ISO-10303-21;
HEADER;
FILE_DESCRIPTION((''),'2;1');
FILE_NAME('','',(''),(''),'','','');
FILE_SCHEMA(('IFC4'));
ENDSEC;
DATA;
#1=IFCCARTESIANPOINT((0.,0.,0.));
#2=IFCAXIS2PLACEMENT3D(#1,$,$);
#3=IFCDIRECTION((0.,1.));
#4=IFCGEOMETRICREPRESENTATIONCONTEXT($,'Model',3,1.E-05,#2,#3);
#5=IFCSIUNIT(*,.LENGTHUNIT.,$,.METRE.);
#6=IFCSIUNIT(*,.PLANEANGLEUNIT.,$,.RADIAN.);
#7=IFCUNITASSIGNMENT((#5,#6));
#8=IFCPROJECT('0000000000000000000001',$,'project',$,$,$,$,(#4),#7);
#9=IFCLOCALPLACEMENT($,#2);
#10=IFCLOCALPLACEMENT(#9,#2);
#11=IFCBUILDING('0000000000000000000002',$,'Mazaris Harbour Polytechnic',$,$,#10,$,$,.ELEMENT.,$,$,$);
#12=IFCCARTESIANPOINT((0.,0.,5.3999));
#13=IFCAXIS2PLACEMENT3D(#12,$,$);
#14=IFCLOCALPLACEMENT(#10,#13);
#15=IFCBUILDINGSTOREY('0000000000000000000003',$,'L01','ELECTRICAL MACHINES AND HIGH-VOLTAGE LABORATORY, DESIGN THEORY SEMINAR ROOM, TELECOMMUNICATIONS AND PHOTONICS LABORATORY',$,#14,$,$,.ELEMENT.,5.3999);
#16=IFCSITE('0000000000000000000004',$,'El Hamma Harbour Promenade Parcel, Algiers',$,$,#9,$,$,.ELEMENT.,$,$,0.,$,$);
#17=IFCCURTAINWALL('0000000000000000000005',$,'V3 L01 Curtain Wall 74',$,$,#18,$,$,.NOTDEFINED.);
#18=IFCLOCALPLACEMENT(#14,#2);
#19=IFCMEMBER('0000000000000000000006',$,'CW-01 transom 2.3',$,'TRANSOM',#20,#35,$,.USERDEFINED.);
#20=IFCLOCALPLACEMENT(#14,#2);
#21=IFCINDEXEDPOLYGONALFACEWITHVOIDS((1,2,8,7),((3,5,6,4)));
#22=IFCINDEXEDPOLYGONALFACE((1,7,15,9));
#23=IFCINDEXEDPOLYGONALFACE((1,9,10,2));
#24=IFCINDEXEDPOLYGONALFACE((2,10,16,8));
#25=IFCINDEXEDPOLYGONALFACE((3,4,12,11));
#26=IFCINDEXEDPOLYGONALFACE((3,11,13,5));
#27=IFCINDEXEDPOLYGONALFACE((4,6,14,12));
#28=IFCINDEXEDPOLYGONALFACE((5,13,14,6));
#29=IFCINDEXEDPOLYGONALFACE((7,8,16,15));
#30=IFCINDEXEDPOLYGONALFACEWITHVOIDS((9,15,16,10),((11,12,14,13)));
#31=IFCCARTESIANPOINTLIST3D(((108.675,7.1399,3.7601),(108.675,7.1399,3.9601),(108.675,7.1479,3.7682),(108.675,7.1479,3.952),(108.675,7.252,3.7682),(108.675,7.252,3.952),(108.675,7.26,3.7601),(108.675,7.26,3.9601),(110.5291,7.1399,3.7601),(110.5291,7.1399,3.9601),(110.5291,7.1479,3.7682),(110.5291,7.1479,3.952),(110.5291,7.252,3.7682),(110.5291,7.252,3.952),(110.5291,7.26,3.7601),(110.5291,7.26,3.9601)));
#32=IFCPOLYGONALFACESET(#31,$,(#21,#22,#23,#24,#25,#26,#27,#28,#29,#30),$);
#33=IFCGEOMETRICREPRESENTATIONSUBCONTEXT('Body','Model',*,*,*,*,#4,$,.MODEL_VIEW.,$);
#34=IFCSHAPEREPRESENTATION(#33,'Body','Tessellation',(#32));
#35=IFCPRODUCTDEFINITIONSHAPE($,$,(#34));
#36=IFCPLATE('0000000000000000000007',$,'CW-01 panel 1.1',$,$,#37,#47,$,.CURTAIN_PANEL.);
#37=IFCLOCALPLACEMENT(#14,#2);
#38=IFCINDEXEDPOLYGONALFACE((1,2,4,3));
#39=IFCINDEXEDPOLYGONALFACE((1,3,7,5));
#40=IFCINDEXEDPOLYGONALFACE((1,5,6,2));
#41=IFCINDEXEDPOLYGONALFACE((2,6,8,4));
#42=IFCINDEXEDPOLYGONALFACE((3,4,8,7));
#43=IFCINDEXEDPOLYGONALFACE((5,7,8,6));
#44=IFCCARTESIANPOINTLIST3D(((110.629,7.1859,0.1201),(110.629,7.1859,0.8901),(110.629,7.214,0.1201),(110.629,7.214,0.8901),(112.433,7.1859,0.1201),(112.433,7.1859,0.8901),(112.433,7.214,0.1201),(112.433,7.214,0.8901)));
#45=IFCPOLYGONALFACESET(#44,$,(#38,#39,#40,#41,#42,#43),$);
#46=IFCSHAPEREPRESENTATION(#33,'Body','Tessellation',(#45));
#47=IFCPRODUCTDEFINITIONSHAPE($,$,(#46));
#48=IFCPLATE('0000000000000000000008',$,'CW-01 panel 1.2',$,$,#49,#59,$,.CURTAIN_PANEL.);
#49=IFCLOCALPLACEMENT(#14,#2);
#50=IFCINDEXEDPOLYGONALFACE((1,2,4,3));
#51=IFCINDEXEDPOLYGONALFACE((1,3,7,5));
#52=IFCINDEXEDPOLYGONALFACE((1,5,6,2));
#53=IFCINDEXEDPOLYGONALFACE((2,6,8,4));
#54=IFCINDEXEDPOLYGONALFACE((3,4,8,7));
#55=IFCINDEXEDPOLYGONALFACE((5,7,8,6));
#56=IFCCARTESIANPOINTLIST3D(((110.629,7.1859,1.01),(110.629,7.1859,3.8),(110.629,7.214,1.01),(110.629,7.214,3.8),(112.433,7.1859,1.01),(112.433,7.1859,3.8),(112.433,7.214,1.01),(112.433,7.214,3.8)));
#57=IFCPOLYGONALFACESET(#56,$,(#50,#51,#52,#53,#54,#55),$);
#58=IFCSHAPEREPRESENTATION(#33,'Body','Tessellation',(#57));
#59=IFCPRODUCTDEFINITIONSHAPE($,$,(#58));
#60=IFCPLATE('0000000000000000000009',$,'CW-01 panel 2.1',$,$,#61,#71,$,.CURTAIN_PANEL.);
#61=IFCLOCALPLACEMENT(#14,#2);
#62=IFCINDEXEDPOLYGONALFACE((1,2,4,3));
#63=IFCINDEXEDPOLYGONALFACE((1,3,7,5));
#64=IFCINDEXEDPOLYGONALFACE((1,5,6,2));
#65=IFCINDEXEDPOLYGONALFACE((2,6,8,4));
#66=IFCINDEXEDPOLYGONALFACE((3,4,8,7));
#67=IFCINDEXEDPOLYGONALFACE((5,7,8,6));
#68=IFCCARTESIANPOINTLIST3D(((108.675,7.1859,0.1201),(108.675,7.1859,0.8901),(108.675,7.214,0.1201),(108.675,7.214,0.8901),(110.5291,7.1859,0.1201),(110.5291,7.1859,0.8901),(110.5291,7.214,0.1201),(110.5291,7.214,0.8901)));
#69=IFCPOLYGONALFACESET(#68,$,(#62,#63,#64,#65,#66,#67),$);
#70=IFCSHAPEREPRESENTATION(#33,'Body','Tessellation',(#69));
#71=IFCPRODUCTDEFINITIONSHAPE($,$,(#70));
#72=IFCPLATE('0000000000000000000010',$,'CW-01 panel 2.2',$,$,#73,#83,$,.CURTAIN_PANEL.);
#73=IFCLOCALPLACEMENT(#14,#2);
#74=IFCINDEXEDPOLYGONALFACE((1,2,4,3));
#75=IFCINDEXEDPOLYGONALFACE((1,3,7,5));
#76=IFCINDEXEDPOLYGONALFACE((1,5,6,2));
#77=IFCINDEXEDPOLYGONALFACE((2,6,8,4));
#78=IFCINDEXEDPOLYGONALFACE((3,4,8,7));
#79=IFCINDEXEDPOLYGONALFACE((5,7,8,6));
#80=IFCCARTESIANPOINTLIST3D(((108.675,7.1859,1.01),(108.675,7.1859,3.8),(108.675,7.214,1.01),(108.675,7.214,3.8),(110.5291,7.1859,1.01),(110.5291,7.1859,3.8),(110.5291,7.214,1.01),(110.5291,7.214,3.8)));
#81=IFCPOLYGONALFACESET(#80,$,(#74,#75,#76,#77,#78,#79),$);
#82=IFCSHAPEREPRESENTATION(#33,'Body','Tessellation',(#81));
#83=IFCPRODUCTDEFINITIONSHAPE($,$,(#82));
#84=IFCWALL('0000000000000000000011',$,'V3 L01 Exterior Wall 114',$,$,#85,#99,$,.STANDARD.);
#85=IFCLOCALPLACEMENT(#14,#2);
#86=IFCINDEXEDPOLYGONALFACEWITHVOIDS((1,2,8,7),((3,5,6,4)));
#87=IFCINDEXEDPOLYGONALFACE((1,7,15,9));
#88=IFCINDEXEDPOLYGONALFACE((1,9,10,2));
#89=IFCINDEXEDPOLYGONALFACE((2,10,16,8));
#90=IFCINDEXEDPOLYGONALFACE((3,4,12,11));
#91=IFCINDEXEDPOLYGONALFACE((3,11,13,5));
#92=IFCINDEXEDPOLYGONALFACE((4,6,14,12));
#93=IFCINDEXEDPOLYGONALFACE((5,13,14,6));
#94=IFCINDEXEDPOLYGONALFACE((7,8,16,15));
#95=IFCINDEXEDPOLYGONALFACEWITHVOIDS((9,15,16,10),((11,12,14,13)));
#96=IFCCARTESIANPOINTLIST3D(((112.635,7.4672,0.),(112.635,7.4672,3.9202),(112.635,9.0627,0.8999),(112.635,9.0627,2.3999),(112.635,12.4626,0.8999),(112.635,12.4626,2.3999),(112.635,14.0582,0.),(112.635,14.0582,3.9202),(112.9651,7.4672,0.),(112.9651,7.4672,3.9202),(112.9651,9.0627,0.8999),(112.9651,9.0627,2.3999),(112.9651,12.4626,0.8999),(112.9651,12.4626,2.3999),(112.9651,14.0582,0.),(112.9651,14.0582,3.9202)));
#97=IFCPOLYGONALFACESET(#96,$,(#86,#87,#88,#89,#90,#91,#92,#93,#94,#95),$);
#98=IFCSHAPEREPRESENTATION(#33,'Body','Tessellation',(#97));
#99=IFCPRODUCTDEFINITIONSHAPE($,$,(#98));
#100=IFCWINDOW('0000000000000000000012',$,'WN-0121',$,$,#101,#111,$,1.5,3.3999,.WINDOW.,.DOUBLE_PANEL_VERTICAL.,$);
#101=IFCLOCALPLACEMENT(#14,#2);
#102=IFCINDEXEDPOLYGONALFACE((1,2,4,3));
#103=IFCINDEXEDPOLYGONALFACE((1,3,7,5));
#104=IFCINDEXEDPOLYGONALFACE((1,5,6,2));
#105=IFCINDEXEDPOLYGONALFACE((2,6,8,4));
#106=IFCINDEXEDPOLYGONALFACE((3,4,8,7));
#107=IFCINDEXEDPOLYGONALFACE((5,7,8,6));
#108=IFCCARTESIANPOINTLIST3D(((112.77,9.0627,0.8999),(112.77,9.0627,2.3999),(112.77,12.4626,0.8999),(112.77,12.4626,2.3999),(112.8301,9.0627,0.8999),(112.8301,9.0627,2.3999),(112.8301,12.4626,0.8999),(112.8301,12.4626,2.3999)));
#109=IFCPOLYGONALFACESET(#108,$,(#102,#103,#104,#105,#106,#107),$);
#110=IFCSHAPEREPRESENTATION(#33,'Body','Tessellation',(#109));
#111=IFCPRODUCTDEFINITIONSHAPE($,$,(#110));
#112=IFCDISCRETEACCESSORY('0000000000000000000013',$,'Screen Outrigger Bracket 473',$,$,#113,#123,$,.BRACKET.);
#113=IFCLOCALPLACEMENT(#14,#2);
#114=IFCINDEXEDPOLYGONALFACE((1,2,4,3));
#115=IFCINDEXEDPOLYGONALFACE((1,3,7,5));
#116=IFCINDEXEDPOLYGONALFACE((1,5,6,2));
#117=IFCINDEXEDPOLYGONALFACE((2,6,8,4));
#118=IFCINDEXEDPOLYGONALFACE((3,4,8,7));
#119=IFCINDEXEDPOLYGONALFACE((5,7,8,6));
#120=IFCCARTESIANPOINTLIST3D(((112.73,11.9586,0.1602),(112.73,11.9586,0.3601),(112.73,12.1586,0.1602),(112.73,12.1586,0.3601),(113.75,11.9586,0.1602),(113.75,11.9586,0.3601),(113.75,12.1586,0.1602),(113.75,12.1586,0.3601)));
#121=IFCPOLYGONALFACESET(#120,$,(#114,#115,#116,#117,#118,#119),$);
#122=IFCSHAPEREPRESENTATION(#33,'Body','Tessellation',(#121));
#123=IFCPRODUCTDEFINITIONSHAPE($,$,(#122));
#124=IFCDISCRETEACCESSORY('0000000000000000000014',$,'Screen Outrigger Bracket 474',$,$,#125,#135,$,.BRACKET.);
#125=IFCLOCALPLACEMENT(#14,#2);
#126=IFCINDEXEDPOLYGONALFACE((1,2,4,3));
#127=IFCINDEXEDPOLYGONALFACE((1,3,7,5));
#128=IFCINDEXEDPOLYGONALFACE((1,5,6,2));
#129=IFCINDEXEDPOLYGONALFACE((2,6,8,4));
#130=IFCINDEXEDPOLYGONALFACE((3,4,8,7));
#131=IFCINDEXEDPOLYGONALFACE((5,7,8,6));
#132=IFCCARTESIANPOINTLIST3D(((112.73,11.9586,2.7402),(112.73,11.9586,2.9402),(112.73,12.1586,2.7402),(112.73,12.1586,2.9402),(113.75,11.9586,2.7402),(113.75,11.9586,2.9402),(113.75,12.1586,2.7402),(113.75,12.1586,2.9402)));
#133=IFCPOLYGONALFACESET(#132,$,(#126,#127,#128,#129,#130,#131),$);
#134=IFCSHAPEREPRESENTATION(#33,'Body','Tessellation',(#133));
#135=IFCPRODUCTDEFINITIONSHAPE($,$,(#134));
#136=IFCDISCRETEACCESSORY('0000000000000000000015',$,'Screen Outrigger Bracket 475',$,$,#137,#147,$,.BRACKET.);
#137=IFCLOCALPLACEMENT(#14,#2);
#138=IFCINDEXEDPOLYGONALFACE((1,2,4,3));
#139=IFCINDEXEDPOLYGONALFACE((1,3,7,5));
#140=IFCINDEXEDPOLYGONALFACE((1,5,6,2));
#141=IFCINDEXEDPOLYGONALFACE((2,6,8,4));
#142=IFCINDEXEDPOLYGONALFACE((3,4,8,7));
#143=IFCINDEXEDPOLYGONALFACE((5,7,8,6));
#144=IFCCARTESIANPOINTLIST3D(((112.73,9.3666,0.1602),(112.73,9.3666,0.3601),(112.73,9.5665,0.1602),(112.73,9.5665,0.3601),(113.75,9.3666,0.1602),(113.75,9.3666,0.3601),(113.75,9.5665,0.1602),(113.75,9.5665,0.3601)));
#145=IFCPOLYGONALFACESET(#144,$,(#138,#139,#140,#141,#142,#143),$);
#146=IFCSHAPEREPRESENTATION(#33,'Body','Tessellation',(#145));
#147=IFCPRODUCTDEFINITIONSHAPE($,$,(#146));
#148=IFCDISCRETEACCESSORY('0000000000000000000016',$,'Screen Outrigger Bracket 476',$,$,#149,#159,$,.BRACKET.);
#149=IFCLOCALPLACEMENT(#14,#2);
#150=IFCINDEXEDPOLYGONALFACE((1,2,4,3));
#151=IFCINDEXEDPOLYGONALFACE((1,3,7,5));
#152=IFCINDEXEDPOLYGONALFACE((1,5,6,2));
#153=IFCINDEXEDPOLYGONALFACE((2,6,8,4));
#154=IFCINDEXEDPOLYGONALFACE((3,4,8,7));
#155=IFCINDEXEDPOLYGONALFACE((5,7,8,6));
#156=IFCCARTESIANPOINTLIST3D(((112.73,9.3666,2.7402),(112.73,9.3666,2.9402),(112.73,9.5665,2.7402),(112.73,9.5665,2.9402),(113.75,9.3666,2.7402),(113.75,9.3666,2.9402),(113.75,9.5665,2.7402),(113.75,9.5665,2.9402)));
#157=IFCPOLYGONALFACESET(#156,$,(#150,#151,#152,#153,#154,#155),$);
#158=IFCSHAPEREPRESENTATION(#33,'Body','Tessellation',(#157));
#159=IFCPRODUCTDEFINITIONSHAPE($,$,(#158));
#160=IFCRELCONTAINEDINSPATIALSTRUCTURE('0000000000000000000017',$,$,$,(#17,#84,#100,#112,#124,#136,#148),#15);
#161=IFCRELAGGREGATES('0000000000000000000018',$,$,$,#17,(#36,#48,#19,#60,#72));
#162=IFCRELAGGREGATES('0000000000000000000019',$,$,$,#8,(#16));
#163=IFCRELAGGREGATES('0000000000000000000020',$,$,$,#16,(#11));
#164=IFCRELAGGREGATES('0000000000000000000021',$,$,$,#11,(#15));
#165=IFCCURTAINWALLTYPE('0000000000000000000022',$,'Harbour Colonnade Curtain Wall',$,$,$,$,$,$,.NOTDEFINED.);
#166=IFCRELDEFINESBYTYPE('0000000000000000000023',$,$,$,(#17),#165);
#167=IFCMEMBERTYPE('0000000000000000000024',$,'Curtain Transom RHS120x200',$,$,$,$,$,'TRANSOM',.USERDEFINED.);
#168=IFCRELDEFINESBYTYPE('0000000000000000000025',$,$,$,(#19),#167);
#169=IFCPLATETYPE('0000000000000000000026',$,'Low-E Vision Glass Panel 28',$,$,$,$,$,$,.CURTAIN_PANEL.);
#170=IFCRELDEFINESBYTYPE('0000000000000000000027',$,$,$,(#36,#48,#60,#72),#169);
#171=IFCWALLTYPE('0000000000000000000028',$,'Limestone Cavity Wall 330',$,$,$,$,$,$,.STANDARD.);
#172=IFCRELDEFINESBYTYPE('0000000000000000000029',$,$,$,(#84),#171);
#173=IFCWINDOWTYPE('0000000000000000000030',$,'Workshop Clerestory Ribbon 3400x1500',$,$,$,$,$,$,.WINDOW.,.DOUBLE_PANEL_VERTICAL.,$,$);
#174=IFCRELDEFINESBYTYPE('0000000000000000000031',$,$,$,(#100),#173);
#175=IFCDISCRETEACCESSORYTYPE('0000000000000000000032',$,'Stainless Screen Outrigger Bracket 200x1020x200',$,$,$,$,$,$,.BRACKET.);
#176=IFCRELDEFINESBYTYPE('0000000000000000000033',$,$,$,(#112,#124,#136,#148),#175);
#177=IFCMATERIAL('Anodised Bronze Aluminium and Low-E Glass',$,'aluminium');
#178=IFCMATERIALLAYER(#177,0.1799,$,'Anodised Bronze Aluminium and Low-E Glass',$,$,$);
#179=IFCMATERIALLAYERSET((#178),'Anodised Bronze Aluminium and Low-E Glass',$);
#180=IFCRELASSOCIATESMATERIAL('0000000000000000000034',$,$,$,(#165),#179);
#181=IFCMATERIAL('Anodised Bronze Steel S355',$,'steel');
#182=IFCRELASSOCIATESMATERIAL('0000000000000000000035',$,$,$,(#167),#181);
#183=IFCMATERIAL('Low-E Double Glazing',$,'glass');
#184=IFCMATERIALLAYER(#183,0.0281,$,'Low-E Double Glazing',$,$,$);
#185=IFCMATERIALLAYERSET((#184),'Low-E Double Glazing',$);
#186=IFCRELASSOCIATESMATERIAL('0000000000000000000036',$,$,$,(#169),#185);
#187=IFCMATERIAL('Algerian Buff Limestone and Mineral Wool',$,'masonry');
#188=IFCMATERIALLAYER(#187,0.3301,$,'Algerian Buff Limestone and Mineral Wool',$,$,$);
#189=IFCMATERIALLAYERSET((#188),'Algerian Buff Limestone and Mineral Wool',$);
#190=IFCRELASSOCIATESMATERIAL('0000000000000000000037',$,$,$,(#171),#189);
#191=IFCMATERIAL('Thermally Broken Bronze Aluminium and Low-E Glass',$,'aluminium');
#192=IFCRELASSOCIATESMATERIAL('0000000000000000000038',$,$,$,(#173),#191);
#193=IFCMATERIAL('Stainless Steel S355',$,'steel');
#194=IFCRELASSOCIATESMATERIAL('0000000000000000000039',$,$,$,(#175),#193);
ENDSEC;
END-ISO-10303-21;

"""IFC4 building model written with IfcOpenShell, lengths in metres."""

from ifc_helpers import new_model, si_unit, direction, frame, frame_2d, origin, origin_2d, place, context, subcontext, project, spatial, rectangle, hollow_rectangle, extrude, material, layer, layer_set, material_profile, profile_set, type_object, element, fill, aggregate, save


model = new_model("IFC4")

# Units and contexts
model_context = context("Model", 3, precision=1e-05, world=origin(), true_north=direction((0.0, 1.0)))
body_context = subcontext(model_context, "Body", "Model", "MODEL_VIEW")
ifc_project = project(units=[si_unit("LENGTHUNIT", "METRE"), si_unit("PLANEANGLEUNIT", "RADIAN")], contexts=[model_context])

# Site, building, storey
site_placement = place(None, origin())
site = spatial("IfcSite", under=ifc_project, at=site_placement, Name="El Hamma Harbour Promenade Parcel, Algiers", CompositionType="ELEMENT", RefElevation=0.0)
building_placement = place(site_placement, origin())
building = spatial("IfcBuilding", under=site, at=building_placement, Name="Mazaris Harbour Polytechnic", CompositionType="ELEMENT")
storey_placement = place(building_placement, frame((0.0, 0.0, 5.3999)))
storey = spatial("IfcBuildingStorey", under=building, at=storey_placement, Name="L01", Description="ELECTRICAL MACHINES AND HIGH-VOLTAGE LABORATORY, DESIGN THEORY SEMINAR ROOM, TELECOMMUNICATIONS AND PHOTONICS LABORATORY", CompositionType="ELEMENT", Elevation=5.3999)

# Curtain wall, member, plates
ifc_material_1 = material(Name="Anodised Bronze Aluminium and Low-E Glass", Category="aluminium")
ifc_layer_1 = layer(ifc_material_1, 0.1799, Name="Anodised Bronze Aluminium and Low-E Glass")
ifc_layer_set_1 = layer_set([ifc_layer_1], Name="Anodised Bronze Aluminium and Low-E Glass")
curtain_wall_type = type_object("IfcCurtainWallType", Name="Harbour Colonnade Curtain Wall", PredefinedType="NOTDEFINED", material=ifc_layer_set_1)
curtain_wall_placement = place(storey_placement, origin())
curtain_wall = element("IfcCurtainWall", 1, at=curtain_wall_placement, inside=storey, type_object=curtain_wall_type, Name="V3 L01 Curtain Wall 74", PredefinedType="NOTDEFINED")
ifc_material_2 = material(Name="Anodised Bronze Steel S355", Category="steel")
ifc_material_profile_1 = material_profile(ifc_material_2, hollow_rectangle(XDim=0.1201, YDim=0.2, WallThickness=0.0081, at=origin_2d()), Name="RHS 120x200x8.0")
ifc_profile_set_1 = profile_set([ifc_material_profile_1], Name="Anodised Bronze Steel S355")
member_type_1 = type_object("IfcMemberType", Name="Curtain Transom RHS120x200", ElementType="TRANSOM", PredefinedType="USERDEFINED", material=ifc_profile_set_1)
member_1_placement = place(storey_placement, frame((110.5291, 7.2, 3.8601), z_axis=(-1.0, 0.0, 0.0), x_axis=(0.0, -1.0, 0.0)))
member_1 = element("IfcMember", 2, at=member_1_placement, type_object=member_type_1, Name="CW-01 transom 2.3", ObjectType="TRANSOM", PredefinedType="USERDEFINED", context=body_context, shape_type="SweptSolid", body=[
    extrude(hollow_rectangle(XDim=0.1201, YDim=0.2, WallThickness=0.0081, at=origin_2d()), origin(), (0.0, 0.0, 1.0), 1.854),
])
ifc_material_3 = material(Name="Low-E Double Glazing", Category="glass")
ifc_layer_2 = layer(ifc_material_3, 0.0281, Name="Low-E Double Glazing")
ifc_layer_set_2 = layer_set([ifc_layer_2], Name="Low-E Double Glazing")
plate_type = type_object("IfcPlateType", Name="Low-E Vision Glass Panel 28", PredefinedType="CURTAIN_PANEL", material=ifc_layer_set_2)
plate_1_placement = place(storey_placement, frame((111.531, 7.2, 0.1201), z_axis=(0.0, 0.0, 1.0), x_axis=(-1.0, 0.0, 0.0)))
plate_1 = element("IfcPlate", 3, at=plate_1_placement, type_object=plate_type, Name="CW-01 panel 1.1", PredefinedType="CURTAIN_PANEL", context=body_context, shape_type="SweptSolid", body=[
    extrude(rectangle(XDim=1.804, YDim=0.0281, at=origin_2d()), origin(), (0.0, 0.0, 1.0), 0.77),
])
plate_2_placement = place(storey_placement, frame((111.531, 7.2, 1.01), z_axis=(0.0, 0.0, 1.0), x_axis=(-1.0, 0.0, 0.0)))
plate_2 = element("IfcPlate", 4, at=plate_2_placement, type_object=plate_type, Name="CW-01 panel 1.2", PredefinedType="CURTAIN_PANEL", context=body_context, shape_type="SweptSolid", body=[
    extrude(rectangle(XDim=1.804, YDim=0.0281, at=origin_2d()), origin(), (0.0, 0.0, 1.0), 2.79),
])
plate_3_placement = place(storey_placement, frame((109.6021, 7.2, 0.1201), z_axis=(0.0, 0.0, 1.0), x_axis=(-1.0, 0.0, 0.0)))
plate_3 = element("IfcPlate", 5, at=plate_3_placement, type_object=plate_type, Name="CW-01 panel 2.1", PredefinedType="CURTAIN_PANEL", context=body_context, shape_type="SweptSolid", body=[
    extrude(rectangle(XDim=1.854, YDim=0.0281, at=origin_2d()), origin(), (0.0, 0.0, 1.0), 0.77),
])
plate_4_placement = place(storey_placement, frame((109.6021, 7.2, 1.01), z_axis=(0.0, 0.0, 1.0), x_axis=(-1.0, 0.0, 0.0)))
plate_4 = element("IfcPlate", 6, at=plate_4_placement, type_object=plate_type, Name="CW-01 panel 2.2", PredefinedType="CURTAIN_PANEL", context=body_context, shape_type="SweptSolid", body=[
    extrude(rectangle(XDim=1.854, YDim=0.0281, at=origin_2d()), origin(), (0.0, 0.0, 1.0), 2.79),
])
aggregate(curtain_wall, [plate_1, plate_2, member_1, plate_3, plate_4])

# Wall, opening, window
ifc_material_4 = material(Name="Algerian Buff Limestone and Mineral Wool", Category="masonry")
ifc_layer_3 = layer(ifc_material_4, 0.3301, Name="Algerian Buff Limestone and Mineral Wool")
ifc_layer_set_3 = layer_set([ifc_layer_3], Name="Algerian Buff Limestone and Mineral Wool")
wall_type = type_object("IfcWallType", Name="Limestone Cavity Wall 330", PredefinedType="STANDARD", material=ifc_layer_set_3)
wall_placement = place(storey_placement, frame((112.8, 14.0581, 0.0), z_axis=(0.0, 0.0, 1.0), x_axis=(0.0, -1.0, 0.0)))
wall = element("IfcWall", 7, at=wall_placement, inside=storey, type_object=wall_type, Name="V3 L01 Exterior Wall 114", PredefinedType="STANDARD", context=body_context, shape_type="SweptSolid", body=[
    extrude(rectangle(XDim=6.5911, YDim=0.3301, at=frame_2d((3.2954, 0.0))), origin(), (0.0, 0.0, 1.0), 3.9202),
])
opening_placement = place(wall_placement, frame((1.5955, 0.0, 0.8999)))
opening = element("IfcOpeningElement", 8, at=opening_placement, cuts=wall, PredefinedType="OPENING", context=body_context, shape_type="SweptSolid", body=[
    extrude(rectangle(XDim=3.3999, YDim=1.5, at=frame_2d((1.7, 0.75))), frame((0.0, 0.175, 0.0), z_axis=(0.0, -1.0, 0.0), x_axis=(1.0, 0.0, 0.0)), (0.0, 0.0, 1.0), 0.3501),
])
ifc_material_5 = material(Name="Thermally Broken Bronze Aluminium and Low-E Glass", Category="aluminium")
window_type = type_object("IfcWindowType", Name="Workshop Clerestory Ribbon 3400x1500", PartitioningType="DOUBLE_PANEL_VERTICAL", PredefinedType="WINDOW", material=ifc_material_5)
window_placement = place(opening_placement, origin())
window = element("IfcWindow", 9, at=window_placement, inside=storey, type_object=window_type, Name="WN-0121", OverallHeight=1.5, OverallWidth=3.3999, PartitioningType="DOUBLE_PANEL_VERTICAL", PredefinedType="WINDOW", context=body_context, shape_type="SweptSolid", body=[
    extrude(rectangle(XDim=3.3999, YDim=1.5, at=frame_2d((1.7, 0.75))), frame((0.0, 0.03, 0.0), z_axis=(0.0, -1.0, 0.0), x_axis=(1.0, 0.0, 0.0)), (0.0, 0.0, 1.0), 0.0601),
])
fill(opening, window)

# Discrete accessories
ifc_material_6 = material(Name="Stainless Steel S355", Category="steel")
discrete_accessory_type = type_object("IfcDiscreteAccessoryType", Name="Stainless Screen Outrigger Bracket 200x1020x200", PredefinedType="BRACKET", material=ifc_material_6)
for number, where, z_axis, x_axis, name in (
    (10, (113.24, 12.0586, 0.1602), (0.0, 0.0, 1.0), (0.0, -1.0, 0.0), "Screen Outrigger Bracket 473"),
    (11, (113.24, 12.0586, 2.7402), (0.0, 0.0, 1.0), (0.0, -1.0, 0.0), "Screen Outrigger Bracket 474"),
    (12, (113.24, 9.4666, 0.1602), (0.0, 0.0, 1.0), (0.0, -1.0, 0.0), "Screen Outrigger Bracket 475"),
    (13, (113.24, 9.4666, 2.7402), (0.0, 0.0, 1.0), (0.0, -1.0, 0.0), "Screen Outrigger Bracket 476"),
):
    element("IfcDiscreteAccessory", number, at=place(storey_placement, frame(where, z_axis=z_axis, x_axis=x_axis)), inside=storey, type_object=discrete_accessory_type, Name=name, PredefinedType="BRACKET", context=body_context, shape_type="SweptSolid", body=[
        extrude(rectangle(XDim=0.2, YDim=1.02, at=origin_2d()), origin(), (0.0, 0.0, 1.0), 0.2),
    ])

save(model, "model.ifc")
